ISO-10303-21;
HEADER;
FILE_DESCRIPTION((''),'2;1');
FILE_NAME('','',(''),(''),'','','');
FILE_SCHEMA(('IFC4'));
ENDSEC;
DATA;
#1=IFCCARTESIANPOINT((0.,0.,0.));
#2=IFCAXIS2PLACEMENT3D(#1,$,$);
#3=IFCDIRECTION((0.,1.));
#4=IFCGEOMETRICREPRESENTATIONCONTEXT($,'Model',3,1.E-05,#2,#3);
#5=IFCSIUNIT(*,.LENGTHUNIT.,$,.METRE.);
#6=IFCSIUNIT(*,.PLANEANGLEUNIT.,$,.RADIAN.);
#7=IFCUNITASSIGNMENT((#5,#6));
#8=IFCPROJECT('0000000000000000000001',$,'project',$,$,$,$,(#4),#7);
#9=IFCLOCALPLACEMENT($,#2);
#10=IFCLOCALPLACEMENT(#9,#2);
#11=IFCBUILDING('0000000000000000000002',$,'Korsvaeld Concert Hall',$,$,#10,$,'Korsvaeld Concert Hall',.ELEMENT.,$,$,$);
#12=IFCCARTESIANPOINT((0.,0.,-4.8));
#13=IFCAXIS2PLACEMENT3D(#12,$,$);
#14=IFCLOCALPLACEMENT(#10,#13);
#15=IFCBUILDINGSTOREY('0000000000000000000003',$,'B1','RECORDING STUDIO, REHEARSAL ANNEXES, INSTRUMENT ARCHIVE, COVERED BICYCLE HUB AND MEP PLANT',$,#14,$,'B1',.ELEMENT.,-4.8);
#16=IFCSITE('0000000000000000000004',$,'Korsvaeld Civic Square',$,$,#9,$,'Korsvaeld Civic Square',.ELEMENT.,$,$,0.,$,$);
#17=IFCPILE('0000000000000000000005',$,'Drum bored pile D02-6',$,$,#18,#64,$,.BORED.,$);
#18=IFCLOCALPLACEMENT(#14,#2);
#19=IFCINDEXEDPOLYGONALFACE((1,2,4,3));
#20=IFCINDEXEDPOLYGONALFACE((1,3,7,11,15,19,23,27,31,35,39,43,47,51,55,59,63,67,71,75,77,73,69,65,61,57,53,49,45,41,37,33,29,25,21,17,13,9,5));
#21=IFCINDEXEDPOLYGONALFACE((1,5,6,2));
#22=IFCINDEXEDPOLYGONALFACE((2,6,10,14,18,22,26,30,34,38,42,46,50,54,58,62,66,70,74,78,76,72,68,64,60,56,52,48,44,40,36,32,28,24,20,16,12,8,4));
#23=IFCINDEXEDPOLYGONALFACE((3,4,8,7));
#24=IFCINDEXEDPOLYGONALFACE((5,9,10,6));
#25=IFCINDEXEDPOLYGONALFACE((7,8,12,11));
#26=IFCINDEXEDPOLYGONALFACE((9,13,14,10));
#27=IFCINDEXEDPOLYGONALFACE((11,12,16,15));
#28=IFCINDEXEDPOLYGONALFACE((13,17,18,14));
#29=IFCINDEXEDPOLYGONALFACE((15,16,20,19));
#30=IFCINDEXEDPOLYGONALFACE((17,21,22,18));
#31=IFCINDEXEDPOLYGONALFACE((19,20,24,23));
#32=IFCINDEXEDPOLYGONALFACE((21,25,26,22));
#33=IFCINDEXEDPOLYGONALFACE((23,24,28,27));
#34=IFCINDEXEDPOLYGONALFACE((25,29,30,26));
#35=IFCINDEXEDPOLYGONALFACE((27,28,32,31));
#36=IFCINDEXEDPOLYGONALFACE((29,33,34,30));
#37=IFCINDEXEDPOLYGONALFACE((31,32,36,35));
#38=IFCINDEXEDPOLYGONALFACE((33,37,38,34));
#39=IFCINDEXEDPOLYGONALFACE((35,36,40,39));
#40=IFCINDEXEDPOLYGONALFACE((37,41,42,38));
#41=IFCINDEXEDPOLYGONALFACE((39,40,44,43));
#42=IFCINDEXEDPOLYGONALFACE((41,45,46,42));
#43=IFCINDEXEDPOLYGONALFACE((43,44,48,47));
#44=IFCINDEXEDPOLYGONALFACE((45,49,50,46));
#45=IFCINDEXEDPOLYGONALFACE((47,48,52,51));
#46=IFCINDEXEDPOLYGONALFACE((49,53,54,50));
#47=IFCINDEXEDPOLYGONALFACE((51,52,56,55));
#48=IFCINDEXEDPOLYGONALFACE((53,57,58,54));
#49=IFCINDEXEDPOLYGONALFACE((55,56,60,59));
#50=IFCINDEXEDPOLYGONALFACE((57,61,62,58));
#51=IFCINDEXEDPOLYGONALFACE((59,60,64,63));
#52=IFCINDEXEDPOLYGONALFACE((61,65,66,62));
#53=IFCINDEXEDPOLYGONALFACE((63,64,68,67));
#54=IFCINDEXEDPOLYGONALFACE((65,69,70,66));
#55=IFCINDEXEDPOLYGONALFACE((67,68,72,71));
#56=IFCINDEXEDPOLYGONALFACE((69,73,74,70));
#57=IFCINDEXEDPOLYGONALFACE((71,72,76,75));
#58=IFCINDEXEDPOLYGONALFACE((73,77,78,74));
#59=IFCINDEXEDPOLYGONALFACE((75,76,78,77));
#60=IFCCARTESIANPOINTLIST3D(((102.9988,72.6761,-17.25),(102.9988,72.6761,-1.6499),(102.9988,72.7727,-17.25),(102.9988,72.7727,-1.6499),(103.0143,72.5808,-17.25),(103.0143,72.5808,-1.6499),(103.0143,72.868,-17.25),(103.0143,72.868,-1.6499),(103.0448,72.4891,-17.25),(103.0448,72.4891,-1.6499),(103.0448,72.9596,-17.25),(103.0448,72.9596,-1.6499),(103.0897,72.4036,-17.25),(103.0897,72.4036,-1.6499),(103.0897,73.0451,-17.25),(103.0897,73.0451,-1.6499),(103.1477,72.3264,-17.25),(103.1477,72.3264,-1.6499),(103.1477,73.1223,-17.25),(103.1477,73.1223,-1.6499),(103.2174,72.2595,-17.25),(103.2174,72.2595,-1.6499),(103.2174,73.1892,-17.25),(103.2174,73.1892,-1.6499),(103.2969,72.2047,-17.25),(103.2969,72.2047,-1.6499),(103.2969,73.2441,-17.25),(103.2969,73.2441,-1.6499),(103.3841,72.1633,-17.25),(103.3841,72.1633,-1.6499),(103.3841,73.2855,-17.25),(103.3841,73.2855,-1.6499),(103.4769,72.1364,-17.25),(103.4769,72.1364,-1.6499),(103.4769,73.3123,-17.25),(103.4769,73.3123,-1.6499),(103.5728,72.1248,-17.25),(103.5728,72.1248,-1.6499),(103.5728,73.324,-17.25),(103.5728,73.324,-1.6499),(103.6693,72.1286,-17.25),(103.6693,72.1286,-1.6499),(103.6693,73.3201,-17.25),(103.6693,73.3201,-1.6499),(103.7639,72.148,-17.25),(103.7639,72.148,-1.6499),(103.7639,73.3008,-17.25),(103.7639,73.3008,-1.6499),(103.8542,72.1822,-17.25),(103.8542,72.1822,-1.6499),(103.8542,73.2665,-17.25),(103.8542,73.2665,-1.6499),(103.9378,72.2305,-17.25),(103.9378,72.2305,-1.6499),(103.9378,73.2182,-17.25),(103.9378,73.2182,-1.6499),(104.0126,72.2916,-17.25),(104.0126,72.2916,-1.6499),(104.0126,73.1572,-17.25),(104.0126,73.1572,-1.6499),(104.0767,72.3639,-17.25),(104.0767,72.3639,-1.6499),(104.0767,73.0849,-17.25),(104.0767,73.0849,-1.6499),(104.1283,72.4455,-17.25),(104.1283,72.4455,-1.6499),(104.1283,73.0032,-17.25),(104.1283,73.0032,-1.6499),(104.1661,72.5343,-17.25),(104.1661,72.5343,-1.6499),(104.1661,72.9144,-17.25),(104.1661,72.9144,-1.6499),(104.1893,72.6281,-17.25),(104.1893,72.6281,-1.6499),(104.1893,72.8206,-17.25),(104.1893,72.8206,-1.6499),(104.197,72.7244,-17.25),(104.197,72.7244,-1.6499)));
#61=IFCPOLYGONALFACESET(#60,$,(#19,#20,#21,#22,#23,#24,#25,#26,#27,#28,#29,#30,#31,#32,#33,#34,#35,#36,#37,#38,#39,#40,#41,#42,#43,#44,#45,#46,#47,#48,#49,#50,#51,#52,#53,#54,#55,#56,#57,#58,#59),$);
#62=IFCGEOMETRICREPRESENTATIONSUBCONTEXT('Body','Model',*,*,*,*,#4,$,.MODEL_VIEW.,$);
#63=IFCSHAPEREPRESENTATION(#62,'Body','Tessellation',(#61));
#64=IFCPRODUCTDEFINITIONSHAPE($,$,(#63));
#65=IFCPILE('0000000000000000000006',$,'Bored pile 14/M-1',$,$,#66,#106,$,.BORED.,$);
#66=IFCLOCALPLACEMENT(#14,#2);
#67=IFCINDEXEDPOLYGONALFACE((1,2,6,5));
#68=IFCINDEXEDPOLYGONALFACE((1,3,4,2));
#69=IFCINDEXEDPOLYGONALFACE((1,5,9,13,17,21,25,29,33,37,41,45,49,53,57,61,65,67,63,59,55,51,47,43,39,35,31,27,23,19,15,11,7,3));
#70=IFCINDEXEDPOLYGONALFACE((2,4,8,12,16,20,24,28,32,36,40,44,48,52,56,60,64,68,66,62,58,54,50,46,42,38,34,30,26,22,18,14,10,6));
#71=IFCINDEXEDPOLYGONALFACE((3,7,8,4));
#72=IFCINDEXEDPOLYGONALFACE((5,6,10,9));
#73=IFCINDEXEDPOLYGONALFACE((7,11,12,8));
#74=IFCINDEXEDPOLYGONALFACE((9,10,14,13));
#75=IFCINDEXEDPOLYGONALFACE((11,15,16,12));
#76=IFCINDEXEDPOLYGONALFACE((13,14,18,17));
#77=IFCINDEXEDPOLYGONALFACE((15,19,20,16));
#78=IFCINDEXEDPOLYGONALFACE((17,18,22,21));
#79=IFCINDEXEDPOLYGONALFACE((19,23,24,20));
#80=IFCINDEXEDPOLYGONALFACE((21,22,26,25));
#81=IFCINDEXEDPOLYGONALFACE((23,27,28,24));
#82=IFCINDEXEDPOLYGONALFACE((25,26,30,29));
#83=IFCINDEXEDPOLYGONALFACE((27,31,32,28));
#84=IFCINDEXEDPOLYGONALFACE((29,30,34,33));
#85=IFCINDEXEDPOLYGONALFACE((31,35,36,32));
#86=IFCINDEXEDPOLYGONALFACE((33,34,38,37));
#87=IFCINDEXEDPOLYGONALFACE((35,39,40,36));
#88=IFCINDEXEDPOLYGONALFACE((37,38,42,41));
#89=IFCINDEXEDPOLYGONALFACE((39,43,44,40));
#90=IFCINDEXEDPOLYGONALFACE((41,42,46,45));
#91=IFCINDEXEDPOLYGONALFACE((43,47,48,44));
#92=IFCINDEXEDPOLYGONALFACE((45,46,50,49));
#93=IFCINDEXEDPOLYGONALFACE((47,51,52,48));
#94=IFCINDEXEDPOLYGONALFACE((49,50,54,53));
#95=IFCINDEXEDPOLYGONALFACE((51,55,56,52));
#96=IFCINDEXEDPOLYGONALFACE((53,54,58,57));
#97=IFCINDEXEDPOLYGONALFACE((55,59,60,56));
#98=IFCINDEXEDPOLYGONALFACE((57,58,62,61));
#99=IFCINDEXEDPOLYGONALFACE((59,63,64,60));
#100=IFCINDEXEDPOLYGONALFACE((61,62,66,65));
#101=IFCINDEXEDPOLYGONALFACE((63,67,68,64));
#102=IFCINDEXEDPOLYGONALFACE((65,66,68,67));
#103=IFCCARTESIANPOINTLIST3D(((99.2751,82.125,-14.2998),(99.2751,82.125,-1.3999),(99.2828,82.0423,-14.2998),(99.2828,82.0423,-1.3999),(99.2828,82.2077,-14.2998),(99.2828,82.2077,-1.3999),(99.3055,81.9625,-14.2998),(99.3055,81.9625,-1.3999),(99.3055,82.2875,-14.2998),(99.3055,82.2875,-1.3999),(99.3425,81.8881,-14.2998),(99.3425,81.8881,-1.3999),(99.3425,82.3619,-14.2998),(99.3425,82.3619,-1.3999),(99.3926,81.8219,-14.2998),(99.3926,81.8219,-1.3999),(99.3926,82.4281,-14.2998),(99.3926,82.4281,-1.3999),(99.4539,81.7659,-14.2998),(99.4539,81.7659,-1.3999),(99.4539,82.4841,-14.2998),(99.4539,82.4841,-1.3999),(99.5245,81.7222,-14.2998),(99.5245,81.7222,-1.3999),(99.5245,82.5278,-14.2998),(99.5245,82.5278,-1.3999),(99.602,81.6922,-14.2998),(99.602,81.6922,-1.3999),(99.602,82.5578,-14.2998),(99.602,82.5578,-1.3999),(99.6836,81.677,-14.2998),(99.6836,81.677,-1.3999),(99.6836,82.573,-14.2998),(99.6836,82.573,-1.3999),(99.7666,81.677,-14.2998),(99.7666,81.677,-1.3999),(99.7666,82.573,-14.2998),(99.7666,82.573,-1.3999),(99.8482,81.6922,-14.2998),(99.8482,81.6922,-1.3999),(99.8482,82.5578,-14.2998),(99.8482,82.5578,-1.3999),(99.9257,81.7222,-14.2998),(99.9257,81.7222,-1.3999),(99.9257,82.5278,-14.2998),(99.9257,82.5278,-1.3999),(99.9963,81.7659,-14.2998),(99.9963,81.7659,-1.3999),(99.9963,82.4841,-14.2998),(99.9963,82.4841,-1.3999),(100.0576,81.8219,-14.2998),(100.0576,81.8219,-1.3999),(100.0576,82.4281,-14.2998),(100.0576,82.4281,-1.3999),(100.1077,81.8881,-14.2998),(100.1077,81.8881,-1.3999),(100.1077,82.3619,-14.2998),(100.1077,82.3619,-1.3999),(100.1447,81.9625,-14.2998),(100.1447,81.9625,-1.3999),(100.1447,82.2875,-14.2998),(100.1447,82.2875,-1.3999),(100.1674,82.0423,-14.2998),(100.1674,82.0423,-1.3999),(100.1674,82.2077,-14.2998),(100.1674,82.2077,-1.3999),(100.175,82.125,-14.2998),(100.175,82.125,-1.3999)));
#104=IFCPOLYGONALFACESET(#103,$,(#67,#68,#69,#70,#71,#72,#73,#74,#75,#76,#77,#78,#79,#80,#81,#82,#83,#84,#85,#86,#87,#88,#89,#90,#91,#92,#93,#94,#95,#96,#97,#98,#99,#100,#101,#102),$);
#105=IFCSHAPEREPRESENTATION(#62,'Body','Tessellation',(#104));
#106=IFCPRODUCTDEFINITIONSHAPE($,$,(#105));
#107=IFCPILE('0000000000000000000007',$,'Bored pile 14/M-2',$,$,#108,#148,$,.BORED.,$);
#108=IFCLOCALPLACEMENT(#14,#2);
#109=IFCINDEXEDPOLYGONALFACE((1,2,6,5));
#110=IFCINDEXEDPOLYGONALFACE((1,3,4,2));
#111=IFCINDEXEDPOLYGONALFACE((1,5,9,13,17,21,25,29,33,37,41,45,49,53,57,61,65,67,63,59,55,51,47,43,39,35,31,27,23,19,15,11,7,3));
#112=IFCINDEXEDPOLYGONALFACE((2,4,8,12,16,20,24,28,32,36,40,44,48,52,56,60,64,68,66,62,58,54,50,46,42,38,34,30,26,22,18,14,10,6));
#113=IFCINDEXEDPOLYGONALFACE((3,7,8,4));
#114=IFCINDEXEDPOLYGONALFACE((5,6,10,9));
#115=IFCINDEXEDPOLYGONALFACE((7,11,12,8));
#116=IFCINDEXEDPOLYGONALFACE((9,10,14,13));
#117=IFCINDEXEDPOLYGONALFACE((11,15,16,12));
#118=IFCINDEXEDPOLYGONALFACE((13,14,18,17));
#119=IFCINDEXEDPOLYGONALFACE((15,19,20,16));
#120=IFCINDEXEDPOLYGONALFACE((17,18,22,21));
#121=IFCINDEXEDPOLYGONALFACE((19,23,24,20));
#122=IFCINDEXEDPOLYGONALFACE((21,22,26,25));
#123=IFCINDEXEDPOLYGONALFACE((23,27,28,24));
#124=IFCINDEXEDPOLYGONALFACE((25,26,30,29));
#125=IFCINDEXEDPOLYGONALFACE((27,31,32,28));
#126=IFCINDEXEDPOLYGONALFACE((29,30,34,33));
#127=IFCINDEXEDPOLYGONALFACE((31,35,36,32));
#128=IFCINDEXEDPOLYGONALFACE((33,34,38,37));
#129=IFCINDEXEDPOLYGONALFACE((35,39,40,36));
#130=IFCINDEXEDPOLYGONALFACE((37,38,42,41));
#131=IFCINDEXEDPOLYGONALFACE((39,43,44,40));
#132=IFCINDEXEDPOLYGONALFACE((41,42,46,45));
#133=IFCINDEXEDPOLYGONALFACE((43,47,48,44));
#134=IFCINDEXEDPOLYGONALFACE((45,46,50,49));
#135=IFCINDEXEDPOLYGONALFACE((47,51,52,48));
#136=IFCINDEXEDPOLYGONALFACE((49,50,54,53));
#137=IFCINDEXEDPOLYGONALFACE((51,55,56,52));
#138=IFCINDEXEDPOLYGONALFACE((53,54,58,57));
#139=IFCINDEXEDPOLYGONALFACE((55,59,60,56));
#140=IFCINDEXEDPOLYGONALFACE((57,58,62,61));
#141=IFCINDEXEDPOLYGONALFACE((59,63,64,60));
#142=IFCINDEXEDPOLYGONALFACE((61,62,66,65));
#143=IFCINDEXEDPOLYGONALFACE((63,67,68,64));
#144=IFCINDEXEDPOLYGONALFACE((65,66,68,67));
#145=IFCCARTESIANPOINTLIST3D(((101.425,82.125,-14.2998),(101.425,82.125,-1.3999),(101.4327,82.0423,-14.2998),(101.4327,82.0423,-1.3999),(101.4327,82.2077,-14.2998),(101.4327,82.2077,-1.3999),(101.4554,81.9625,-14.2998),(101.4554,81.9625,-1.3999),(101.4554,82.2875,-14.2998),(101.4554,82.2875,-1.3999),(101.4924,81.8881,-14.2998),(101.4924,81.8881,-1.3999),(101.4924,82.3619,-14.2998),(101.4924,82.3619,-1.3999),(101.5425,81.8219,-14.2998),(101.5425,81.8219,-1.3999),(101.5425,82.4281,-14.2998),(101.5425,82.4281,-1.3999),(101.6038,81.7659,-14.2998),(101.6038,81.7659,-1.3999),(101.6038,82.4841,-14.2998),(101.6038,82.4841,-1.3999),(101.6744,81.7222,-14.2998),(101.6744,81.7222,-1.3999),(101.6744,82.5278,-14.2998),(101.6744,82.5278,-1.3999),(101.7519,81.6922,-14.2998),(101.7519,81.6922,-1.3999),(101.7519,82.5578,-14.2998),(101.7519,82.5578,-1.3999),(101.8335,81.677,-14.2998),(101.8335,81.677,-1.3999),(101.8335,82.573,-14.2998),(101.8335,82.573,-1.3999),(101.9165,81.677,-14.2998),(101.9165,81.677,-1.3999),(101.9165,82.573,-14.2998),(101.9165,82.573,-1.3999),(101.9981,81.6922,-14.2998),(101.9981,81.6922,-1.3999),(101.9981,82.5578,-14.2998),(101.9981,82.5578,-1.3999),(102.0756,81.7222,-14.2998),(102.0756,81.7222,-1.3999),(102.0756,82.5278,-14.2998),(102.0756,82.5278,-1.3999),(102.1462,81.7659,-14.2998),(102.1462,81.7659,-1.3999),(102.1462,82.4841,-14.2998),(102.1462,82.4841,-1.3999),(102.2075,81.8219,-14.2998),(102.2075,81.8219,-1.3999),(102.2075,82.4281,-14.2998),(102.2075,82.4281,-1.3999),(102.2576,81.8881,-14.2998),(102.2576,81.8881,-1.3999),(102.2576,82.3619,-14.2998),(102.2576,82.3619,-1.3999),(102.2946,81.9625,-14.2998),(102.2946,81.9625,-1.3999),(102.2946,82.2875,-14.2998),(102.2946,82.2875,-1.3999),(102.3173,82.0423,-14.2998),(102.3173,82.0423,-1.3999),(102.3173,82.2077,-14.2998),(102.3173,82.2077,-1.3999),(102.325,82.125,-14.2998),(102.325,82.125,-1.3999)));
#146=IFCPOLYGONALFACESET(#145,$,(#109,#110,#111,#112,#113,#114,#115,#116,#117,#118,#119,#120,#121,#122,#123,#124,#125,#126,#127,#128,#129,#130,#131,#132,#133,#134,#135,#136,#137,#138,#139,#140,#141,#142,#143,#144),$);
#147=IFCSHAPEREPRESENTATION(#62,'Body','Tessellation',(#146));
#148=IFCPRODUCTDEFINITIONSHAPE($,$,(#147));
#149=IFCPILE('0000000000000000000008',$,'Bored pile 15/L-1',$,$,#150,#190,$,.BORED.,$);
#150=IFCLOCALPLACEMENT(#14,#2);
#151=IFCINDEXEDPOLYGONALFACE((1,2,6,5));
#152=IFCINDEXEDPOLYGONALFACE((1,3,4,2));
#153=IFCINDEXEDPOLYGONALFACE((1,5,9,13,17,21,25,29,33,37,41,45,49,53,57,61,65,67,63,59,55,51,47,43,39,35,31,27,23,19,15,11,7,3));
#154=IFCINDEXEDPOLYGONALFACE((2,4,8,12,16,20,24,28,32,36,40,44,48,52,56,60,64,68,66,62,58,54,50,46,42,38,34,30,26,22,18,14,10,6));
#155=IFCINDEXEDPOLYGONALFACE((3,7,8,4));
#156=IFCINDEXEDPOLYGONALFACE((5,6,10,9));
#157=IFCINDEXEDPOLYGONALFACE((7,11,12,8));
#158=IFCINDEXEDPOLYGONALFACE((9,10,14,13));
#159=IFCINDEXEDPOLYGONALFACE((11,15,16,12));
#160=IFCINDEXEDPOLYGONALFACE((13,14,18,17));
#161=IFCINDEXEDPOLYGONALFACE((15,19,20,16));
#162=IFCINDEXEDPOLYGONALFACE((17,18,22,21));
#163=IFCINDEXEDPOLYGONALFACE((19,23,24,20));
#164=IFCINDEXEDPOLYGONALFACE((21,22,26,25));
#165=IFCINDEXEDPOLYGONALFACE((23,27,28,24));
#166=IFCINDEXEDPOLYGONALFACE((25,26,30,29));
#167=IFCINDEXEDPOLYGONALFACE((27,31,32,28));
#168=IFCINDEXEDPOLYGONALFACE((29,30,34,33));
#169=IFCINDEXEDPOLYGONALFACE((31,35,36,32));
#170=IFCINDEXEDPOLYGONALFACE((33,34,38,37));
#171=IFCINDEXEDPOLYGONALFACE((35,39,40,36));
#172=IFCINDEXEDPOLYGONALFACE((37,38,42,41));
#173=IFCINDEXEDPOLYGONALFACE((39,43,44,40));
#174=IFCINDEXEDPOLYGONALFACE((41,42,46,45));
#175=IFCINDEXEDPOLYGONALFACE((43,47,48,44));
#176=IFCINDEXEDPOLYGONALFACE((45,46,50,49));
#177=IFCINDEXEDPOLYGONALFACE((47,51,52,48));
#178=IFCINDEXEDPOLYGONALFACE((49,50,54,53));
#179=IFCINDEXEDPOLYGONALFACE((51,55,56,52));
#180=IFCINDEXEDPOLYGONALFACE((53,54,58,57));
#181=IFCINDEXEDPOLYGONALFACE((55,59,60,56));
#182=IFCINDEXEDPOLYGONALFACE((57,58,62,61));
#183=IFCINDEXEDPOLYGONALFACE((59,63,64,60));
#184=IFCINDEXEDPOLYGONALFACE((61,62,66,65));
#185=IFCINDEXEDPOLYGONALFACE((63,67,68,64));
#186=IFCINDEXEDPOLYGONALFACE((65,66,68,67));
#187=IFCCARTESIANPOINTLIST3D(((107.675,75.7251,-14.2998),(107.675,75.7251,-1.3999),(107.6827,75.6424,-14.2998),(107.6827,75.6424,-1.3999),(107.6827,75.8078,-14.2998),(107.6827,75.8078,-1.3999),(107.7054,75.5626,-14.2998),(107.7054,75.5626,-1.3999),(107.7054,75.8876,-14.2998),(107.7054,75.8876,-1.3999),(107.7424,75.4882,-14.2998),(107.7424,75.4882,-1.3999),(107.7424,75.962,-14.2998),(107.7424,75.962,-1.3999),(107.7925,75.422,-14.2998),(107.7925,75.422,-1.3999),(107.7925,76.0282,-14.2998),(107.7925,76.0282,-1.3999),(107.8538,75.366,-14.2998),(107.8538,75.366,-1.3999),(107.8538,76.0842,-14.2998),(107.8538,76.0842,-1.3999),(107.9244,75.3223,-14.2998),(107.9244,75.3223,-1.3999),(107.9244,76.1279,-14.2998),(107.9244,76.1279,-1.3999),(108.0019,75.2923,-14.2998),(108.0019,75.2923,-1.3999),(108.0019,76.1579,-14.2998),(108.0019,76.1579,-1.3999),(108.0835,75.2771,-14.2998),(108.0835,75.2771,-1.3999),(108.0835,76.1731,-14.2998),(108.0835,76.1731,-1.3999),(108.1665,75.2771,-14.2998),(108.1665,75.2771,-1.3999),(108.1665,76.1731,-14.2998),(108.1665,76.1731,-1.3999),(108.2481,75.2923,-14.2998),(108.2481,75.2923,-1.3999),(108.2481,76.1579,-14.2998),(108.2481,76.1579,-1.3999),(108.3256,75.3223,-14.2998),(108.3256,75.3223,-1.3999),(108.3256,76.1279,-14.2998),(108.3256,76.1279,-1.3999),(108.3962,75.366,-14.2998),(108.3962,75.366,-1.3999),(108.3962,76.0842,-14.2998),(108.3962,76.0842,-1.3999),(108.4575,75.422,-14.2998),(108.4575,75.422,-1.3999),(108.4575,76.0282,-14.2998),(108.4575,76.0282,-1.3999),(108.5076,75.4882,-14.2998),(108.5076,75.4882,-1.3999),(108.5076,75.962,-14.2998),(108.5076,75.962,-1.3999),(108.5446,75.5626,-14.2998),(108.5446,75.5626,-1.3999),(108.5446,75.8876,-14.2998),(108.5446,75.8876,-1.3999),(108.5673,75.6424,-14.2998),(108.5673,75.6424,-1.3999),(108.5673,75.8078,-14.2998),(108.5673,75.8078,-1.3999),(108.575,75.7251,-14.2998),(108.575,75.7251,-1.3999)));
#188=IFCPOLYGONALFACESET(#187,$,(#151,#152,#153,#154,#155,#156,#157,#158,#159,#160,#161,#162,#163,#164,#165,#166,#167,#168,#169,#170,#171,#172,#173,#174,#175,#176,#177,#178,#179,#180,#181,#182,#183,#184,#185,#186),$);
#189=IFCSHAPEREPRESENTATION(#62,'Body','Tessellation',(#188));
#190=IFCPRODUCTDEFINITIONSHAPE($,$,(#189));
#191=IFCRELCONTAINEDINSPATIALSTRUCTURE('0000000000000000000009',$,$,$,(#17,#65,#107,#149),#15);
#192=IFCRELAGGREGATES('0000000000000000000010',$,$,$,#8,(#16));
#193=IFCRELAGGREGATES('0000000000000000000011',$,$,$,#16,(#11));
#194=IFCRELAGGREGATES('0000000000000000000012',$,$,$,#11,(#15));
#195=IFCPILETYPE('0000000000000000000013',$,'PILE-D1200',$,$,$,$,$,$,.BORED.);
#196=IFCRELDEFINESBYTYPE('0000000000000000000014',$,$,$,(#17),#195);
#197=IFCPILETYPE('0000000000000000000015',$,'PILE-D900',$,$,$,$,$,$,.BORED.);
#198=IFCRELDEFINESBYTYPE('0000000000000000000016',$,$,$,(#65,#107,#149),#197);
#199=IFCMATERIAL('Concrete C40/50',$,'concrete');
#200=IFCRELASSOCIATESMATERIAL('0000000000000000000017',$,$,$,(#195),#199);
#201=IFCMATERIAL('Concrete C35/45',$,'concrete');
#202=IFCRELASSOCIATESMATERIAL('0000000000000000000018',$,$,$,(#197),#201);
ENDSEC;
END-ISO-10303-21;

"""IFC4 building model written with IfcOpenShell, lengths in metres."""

from ifc_helpers import new_model, si_unit, direction, frame, origin, origin_2d, place, context, subcontext, project, spatial, circle, extrude, material, material_profile, profile_set, type_object, element, save


model = new_model("IFC4")

# Units and contexts
model_context = context("Model", 3, precision=1e-05, world=origin(), true_north=direction((0.0, 1.0)))
body_context = subcontext(model_context, "Body", "Model", "MODEL_VIEW")
ifc_project = project(units=[si_unit("LENGTHUNIT", "METRE"), si_unit("PLANEANGLEUNIT", "RADIAN")], contexts=[model_context])

# Site, building, storey
site_placement = place(None, origin())
site = spatial("IfcSite", under=ifc_project, at=site_placement, Name="Korsvaeld Civic Square", LongName="Korsvaeld Civic Square", CompositionType="ELEMENT", RefElevation=0.0)
building_placement = place(site_placement, origin())
building = spatial("IfcBuilding", under=site, at=building_placement, Name="Korsvaeld Concert Hall", LongName="Korsvaeld Concert Hall", CompositionType="ELEMENT")
storey_placement = place(building_placement, frame((0.0, 0.0, -4.8)))
storey = spatial("IfcBuildingStorey", under=building, at=storey_placement, Name="B1", Description="RECORDING STUDIO, REHEARSAL ANNEXES, INSTRUMENT ARCHIVE, COVERED BICYCLE HUB AND MEP PLANT", LongName="B1", CompositionType="ELEMENT", Elevation=-4.8)

# Shared definitions
ifc_material_1 = material(Name="Concrete C35/45", Category="concrete")

# Piles
ifc_material_2 = material(Name="Concrete C40/50", Category="concrete")
ifc_material_profile_1 = material_profile(ifc_material_2, circle(Radius=0.6001, at=origin_2d()), Name="BORED PILE D1200")
ifc_profile_set_1 = profile_set([ifc_material_profile_1], Name="Concrete C40/50")
pile_type_1 = type_object("IfcPileType", Name="PILE-D1200", PredefinedType="BORED", material=ifc_profile_set_1)
for number, where, z_axis, x_axis, name in (
    (1, (103.5969, 72.7244, -1.6499), (0.0, 0.0, -1.0), (1.0, 0.0, 0.0), "Drum bored pile D02-6"),
):
    element("IfcPile", number, at=place(storey_placement, frame(where, z_axis=z_axis, x_axis=x_axis)), inside=storey, type_object=pile_type_1, Name=name, PredefinedType="BORED", context=body_context, shape_type="SweptSolid", body=[
        extrude(circle(Radius=0.6001, at=origin_2d()), origin(), (0.0, 0.0, 1.0), 15.6001),
    ])
ifc_material_profile_2 = material_profile(ifc_material_1, circle(Radius=0.45, at=origin_2d()), Name="BORED PILE D900")
ifc_profile_set_2 = profile_set([ifc_material_profile_2], Name="Concrete C35/45")
pile_type_2 = type_object("IfcPileType", Name="PILE-D900", PredefinedType="BORED", material=ifc_profile_set_2)
for number, where, z_axis, x_axis, name in (
    (2, (99.7251, 82.125, -1.3999), (0.0, 0.0, -1.0), (1.0, 0.0, 0.0), "Bored pile 14/M-1"),
    (3, (101.875, 82.125, -1.3999), (0.0, 0.0, -1.0), (1.0, 0.0, 0.0), "Bored pile 14/M-2"),
    (4, (108.125, 75.7251, -1.3999), (0.0, 0.0, -1.0), (1.0, 0.0, 0.0), "Bored pile 15/L-1"),
):
    element("IfcPile", number, at=place(storey_placement, frame(where, z_axis=z_axis, x_axis=x_axis)), inside=storey, type_object=pile_type_2, Name=name, PredefinedType="BORED", context=body_context, shape_type="SweptSolid", body=[
        extrude(circle(Radius=0.45, at=origin_2d()), origin(), (0.0, 0.0, 1.0), 12.8999),
    ])

save(model, "model.ifc")
